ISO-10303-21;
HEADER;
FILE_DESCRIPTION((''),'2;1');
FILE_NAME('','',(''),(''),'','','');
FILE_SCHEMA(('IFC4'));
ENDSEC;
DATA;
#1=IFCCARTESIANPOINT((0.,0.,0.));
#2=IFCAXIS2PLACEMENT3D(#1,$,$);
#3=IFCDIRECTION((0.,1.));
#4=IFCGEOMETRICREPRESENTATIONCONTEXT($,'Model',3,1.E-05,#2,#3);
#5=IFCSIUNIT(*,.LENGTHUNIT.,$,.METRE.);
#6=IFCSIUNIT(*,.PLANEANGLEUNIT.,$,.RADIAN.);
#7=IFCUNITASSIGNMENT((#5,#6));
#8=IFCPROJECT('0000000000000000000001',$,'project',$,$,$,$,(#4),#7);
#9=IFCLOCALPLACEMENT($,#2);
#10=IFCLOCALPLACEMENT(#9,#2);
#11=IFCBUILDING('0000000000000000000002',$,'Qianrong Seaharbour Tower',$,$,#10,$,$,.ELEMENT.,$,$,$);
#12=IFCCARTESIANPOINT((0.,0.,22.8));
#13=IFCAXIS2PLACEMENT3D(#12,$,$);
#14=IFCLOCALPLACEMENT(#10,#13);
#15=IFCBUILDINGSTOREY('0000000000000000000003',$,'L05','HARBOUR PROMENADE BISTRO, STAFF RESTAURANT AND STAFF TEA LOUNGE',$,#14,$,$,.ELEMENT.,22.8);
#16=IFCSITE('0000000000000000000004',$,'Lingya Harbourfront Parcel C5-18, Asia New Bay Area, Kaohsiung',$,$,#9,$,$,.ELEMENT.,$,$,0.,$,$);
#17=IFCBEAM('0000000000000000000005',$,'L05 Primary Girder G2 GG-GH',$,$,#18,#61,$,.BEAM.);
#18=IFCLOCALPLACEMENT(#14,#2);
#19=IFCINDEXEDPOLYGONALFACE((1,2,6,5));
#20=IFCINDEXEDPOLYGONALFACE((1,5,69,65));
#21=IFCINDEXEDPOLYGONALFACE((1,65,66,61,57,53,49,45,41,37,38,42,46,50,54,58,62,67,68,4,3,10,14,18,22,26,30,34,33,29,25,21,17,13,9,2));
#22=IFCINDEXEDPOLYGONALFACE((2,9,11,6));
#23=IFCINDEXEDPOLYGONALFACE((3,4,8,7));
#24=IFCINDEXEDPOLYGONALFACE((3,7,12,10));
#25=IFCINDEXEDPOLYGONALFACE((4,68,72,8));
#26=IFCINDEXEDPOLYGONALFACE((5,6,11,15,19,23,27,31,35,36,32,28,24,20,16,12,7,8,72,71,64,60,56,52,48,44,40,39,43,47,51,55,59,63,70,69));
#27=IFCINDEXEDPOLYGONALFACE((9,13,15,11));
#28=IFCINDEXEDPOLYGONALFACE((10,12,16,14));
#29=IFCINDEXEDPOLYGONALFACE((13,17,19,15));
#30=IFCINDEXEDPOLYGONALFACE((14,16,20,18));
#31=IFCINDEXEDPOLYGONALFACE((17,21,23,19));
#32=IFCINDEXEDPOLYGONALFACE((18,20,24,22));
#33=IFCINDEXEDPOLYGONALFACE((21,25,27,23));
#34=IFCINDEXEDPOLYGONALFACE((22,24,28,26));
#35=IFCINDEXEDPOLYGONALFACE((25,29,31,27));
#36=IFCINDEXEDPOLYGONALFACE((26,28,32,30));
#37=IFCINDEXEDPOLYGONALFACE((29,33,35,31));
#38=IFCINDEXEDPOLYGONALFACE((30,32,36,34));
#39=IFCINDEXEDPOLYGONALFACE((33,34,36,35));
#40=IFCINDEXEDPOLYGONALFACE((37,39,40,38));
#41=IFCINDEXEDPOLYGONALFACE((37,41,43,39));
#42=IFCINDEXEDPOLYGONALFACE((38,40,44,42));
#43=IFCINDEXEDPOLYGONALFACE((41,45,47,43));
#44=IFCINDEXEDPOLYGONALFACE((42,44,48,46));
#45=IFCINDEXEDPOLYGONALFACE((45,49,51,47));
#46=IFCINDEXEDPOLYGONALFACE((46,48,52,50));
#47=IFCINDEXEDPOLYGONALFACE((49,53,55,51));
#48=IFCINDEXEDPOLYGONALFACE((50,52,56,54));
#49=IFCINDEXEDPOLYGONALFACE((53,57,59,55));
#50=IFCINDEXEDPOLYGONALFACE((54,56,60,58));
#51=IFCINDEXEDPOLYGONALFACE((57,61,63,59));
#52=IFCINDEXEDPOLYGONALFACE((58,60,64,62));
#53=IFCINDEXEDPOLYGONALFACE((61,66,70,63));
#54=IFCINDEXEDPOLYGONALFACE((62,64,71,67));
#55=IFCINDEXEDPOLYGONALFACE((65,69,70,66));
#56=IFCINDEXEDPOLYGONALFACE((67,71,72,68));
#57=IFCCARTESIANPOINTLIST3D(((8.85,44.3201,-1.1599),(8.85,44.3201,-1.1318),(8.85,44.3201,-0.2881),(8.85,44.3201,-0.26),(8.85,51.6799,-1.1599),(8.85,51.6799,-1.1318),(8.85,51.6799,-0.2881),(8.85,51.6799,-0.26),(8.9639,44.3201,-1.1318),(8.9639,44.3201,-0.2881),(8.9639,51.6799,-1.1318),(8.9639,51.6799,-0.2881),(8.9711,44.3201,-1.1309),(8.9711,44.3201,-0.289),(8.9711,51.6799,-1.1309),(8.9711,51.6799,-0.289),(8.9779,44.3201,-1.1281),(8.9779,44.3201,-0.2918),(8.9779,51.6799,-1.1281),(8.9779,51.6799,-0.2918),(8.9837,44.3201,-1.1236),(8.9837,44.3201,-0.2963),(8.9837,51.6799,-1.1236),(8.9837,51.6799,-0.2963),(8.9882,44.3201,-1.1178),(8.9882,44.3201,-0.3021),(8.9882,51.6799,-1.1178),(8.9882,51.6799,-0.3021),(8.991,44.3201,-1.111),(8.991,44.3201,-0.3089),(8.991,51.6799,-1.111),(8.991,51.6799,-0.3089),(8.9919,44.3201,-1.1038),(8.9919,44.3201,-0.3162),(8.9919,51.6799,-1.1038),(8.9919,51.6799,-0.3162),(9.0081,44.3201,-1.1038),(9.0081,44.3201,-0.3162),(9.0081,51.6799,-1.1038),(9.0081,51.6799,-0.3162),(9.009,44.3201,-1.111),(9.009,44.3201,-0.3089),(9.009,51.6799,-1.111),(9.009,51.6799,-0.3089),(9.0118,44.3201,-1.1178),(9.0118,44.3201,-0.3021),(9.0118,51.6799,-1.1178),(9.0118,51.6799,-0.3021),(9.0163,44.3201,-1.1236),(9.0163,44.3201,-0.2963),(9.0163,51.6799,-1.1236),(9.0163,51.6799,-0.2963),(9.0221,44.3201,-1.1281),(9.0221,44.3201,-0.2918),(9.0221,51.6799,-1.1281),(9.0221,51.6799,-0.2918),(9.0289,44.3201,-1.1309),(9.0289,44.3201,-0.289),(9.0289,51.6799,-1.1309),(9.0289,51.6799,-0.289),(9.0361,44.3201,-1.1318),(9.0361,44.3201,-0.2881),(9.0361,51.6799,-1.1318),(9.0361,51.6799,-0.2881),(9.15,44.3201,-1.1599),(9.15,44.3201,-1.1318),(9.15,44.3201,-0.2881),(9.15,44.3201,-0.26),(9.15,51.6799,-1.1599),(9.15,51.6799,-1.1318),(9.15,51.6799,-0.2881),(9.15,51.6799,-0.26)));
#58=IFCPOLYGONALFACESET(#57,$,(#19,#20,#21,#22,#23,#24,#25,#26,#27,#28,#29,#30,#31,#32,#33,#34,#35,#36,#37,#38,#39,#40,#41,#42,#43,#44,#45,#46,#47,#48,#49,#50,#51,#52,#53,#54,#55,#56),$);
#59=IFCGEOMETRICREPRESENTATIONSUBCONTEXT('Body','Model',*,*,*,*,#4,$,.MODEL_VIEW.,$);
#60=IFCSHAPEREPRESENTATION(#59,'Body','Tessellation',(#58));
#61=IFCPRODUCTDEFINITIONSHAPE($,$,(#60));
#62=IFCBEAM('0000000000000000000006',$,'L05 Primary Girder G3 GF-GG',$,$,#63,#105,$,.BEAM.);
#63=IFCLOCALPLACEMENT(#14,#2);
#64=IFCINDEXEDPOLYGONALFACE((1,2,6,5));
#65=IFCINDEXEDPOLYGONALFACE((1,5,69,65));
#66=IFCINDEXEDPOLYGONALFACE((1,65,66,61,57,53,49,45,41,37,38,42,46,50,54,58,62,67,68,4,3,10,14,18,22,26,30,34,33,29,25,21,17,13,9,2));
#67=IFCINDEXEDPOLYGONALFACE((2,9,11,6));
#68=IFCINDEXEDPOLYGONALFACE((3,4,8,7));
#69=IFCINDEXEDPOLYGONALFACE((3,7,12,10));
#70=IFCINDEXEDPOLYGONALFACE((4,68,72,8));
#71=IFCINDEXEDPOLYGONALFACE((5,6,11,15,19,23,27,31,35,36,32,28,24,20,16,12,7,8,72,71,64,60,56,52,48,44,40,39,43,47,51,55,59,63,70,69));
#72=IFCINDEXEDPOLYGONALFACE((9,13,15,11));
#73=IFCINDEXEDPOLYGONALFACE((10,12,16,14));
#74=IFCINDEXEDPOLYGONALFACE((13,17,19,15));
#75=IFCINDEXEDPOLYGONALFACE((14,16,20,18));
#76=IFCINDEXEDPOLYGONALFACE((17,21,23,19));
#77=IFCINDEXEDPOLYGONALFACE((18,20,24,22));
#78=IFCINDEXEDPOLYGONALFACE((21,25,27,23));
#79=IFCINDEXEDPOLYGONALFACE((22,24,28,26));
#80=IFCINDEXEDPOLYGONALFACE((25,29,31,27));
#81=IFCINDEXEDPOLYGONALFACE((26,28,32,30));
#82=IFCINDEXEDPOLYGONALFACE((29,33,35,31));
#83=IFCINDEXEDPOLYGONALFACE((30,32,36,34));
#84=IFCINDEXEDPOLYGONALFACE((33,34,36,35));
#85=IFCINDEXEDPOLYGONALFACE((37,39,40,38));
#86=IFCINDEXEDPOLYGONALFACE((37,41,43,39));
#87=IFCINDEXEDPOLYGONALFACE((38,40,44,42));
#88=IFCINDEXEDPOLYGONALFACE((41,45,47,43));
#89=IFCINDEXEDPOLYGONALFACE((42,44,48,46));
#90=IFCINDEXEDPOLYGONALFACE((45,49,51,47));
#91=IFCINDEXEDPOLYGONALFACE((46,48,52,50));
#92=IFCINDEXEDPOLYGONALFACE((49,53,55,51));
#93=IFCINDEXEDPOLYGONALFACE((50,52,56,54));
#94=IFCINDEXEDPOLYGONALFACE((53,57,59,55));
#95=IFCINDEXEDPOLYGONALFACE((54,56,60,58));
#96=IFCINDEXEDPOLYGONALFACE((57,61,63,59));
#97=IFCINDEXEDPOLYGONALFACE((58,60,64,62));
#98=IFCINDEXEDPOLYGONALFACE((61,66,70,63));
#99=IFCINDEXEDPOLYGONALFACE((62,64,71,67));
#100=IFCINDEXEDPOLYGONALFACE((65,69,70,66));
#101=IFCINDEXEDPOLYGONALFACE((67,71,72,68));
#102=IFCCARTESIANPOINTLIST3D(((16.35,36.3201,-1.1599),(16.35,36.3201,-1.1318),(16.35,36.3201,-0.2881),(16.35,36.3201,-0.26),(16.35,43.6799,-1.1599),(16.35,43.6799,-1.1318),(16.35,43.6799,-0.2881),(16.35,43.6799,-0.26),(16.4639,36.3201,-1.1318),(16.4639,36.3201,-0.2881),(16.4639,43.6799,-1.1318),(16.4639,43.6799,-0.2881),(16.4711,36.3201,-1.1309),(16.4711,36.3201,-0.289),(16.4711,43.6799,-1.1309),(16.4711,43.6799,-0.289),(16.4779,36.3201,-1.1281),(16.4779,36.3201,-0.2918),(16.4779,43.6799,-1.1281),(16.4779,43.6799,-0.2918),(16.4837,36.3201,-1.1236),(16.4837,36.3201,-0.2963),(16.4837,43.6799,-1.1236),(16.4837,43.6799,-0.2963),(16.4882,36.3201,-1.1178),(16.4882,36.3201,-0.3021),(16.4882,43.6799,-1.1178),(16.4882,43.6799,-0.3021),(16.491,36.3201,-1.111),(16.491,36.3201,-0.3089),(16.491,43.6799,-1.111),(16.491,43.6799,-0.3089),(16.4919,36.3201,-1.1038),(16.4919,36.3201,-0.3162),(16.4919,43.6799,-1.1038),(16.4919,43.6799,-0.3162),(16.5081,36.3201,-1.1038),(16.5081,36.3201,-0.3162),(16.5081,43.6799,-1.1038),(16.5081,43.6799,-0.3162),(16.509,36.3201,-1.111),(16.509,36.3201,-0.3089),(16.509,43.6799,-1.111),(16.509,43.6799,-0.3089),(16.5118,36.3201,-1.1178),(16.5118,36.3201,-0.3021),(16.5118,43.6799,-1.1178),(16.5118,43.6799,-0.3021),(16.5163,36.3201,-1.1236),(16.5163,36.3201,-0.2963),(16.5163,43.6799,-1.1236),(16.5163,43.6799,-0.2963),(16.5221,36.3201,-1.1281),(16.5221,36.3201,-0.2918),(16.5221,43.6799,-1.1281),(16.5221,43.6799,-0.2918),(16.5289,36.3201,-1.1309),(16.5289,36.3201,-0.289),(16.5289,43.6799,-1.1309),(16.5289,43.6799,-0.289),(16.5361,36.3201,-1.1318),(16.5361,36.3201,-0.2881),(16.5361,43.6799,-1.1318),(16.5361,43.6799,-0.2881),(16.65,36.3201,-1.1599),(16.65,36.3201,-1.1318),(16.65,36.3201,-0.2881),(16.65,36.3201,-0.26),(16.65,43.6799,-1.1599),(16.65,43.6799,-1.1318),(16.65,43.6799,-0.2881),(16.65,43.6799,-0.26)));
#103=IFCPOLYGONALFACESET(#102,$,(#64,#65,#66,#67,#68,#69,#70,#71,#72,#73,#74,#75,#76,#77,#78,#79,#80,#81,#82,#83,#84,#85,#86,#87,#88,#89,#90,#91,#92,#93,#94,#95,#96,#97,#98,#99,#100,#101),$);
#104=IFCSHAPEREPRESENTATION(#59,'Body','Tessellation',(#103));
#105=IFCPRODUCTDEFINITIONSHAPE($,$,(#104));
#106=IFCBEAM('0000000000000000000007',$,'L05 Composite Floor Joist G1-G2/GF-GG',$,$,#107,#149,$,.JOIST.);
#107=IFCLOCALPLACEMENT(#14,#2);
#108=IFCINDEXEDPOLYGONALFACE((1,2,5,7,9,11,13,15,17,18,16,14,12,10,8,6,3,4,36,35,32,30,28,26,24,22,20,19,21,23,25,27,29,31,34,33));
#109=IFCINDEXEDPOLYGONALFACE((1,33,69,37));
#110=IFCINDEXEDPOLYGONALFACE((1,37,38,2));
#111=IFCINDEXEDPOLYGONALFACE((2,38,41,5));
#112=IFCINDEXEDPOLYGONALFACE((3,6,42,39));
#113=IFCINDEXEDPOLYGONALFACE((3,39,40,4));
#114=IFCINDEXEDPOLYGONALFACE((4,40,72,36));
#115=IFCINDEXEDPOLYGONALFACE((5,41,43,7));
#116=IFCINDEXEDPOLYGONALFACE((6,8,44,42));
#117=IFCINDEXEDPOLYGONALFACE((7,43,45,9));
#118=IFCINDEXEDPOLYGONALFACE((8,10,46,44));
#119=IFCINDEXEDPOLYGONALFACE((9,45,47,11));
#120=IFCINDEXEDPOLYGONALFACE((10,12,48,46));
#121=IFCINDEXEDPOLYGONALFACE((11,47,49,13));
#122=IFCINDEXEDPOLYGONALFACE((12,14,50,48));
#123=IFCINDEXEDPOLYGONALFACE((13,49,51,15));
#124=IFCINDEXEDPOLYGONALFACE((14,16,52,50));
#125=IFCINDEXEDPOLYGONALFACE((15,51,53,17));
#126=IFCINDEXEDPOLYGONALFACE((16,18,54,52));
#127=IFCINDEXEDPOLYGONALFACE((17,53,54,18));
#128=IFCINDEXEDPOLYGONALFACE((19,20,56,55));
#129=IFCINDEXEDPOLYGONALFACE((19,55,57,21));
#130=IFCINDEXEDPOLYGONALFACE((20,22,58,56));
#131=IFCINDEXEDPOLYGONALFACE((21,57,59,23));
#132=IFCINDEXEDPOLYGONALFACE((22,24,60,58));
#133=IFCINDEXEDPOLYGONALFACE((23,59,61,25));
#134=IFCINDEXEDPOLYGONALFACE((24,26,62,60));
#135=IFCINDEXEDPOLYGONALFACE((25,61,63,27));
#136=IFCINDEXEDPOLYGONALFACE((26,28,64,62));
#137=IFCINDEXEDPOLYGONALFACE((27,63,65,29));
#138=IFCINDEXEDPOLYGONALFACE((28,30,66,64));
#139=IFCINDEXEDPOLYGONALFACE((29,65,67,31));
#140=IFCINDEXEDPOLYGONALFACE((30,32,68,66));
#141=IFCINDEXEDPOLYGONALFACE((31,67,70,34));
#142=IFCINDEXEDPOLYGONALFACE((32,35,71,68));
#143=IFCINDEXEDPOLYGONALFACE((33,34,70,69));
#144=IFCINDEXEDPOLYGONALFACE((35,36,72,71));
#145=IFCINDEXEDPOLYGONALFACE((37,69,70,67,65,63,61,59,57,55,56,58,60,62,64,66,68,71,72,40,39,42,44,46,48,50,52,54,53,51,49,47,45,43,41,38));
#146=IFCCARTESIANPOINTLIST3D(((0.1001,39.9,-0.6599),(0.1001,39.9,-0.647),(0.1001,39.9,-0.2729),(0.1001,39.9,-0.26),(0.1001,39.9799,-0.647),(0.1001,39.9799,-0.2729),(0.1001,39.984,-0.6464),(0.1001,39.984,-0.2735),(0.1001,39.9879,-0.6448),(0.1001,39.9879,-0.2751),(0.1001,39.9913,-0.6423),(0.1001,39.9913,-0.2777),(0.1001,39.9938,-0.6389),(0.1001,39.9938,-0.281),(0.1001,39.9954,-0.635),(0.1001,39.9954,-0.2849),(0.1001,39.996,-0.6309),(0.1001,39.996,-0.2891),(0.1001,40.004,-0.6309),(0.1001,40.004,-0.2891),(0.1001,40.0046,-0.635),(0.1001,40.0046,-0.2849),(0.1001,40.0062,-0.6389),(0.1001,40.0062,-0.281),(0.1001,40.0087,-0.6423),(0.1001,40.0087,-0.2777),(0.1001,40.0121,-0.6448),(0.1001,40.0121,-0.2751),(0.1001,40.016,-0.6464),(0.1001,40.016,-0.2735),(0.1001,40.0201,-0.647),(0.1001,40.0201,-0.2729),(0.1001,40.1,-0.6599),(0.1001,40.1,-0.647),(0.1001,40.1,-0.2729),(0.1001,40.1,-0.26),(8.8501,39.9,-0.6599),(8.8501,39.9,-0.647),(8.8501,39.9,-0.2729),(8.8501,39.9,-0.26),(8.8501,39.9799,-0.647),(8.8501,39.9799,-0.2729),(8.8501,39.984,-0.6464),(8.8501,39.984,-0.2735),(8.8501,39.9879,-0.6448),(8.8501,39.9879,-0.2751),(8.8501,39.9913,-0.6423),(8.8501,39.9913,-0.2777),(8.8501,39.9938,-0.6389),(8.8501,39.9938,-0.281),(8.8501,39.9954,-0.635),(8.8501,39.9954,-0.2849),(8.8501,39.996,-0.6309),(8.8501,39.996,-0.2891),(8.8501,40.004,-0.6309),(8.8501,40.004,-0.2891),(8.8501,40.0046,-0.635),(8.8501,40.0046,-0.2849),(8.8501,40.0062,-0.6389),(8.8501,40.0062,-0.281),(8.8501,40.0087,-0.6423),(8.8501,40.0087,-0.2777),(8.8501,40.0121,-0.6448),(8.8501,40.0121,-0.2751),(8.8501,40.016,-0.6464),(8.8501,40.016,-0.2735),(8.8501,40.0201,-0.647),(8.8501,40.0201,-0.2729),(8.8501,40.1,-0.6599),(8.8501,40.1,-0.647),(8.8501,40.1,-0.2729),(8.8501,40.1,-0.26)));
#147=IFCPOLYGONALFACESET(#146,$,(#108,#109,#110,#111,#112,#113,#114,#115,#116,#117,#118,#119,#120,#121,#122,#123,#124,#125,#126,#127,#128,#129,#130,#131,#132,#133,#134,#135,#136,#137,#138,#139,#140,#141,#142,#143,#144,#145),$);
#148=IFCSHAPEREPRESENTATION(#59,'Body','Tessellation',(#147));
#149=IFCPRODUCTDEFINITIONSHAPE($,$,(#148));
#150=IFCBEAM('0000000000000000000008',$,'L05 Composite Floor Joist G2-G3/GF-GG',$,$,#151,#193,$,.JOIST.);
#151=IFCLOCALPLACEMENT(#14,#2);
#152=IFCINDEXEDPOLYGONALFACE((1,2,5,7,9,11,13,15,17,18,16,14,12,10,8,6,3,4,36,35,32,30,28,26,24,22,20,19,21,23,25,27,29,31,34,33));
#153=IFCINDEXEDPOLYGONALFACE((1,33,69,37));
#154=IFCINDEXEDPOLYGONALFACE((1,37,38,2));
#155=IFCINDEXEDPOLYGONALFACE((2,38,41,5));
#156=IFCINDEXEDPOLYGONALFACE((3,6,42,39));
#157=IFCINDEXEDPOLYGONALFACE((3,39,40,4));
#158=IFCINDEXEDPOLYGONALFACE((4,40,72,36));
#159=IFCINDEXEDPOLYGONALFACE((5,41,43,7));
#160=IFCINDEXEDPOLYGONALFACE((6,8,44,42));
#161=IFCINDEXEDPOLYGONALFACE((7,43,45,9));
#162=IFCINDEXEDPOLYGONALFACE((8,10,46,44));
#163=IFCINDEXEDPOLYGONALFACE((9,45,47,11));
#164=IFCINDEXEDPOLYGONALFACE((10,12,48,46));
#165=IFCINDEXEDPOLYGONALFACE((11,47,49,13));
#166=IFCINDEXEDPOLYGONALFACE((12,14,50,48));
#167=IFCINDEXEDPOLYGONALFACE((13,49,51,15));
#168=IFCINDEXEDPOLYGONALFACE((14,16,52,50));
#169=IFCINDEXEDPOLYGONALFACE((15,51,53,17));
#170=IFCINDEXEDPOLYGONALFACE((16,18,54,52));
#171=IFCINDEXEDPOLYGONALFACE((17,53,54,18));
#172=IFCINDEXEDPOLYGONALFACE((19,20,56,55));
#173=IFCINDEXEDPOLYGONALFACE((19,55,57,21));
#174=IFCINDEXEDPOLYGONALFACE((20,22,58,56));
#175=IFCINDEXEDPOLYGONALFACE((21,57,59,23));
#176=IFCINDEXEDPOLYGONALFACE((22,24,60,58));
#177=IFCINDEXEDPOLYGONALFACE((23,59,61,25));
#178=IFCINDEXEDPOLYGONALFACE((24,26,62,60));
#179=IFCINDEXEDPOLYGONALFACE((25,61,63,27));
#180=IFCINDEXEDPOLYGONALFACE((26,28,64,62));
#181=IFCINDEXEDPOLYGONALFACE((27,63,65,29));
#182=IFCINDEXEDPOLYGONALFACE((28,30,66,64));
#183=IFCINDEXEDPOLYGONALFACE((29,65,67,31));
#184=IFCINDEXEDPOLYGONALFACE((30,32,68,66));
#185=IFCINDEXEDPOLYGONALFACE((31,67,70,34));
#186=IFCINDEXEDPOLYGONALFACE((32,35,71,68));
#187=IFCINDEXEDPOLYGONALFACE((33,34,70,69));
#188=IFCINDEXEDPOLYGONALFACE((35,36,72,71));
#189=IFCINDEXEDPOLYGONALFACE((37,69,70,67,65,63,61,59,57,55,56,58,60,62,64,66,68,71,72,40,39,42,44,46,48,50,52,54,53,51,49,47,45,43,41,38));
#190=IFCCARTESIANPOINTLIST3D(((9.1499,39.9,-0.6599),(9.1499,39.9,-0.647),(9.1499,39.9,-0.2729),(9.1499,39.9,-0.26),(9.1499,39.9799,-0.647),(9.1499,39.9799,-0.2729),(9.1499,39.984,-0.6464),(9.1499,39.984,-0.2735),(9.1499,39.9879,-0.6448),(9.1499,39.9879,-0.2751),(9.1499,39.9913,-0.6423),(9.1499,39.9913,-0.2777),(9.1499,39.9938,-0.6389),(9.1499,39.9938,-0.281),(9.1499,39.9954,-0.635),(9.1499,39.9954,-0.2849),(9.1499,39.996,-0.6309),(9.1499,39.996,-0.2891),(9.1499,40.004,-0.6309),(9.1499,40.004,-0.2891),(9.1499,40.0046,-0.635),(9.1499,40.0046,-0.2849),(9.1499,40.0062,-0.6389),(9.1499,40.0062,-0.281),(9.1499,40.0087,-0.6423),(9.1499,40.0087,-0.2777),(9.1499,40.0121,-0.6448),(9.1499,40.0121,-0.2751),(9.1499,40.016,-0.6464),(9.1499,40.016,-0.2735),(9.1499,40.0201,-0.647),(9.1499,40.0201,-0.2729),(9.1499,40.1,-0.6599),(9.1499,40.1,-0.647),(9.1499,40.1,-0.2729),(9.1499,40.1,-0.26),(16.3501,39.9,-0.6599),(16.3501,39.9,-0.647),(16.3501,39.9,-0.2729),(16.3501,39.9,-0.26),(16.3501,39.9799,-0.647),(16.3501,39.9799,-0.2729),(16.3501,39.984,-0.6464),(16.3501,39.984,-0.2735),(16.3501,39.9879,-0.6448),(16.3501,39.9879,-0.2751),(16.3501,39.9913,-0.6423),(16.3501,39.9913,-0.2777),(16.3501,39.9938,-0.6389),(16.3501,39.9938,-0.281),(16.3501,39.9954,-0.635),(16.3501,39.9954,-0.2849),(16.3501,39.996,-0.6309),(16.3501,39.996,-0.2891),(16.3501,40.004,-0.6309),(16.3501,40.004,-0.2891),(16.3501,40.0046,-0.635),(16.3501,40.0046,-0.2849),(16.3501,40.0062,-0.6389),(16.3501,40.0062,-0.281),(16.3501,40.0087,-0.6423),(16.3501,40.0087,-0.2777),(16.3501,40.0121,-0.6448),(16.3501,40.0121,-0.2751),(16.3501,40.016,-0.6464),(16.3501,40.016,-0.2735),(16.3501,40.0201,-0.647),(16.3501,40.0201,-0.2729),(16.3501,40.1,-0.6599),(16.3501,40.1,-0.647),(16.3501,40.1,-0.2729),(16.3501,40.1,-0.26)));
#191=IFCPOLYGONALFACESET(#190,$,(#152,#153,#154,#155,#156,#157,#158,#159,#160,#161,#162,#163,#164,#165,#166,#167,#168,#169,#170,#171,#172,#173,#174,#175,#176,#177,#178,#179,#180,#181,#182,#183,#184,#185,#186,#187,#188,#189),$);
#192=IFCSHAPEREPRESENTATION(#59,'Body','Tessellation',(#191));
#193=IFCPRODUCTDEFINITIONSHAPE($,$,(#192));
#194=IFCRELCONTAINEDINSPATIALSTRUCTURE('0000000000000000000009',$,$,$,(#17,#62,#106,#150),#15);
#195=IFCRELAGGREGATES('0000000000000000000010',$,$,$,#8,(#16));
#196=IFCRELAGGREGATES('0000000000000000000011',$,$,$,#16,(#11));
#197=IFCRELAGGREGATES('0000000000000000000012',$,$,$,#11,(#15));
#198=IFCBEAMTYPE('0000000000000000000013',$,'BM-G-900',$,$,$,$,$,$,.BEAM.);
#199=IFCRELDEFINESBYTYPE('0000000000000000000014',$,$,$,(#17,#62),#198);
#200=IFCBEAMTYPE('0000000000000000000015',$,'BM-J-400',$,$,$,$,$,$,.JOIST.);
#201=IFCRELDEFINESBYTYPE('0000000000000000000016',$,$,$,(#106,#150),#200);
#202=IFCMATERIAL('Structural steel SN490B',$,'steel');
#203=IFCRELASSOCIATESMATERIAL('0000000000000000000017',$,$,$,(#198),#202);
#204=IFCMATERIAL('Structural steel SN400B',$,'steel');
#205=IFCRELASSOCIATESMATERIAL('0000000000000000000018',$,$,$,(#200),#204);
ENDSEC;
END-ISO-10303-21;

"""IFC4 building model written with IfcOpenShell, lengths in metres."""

from ifc_helpers import new_model, si_unit, direction, frame, origin, origin_2d, place, context, subcontext, project, spatial, i_section, extrude, material, material_profile, profile_set, type_object, element, save


model = new_model("IFC4")

# Units and contexts
model_context = context("Model", 3, precision=1e-05, world=origin(), true_north=direction((0.0, 1.0)))
body_context = subcontext(model_context, "Body", "Model", "MODEL_VIEW")
ifc_project = project(units=[si_unit("LENGTHUNIT", "METRE"), si_unit("PLANEANGLEUNIT", "RADIAN")], contexts=[model_context])

# Site, building, storey
site_placement = place(None, origin())
site = spatial("IfcSite", under=ifc_project, at=site_placement, Name="Lingya Harbourfront Parcel C5-18, Asia New Bay Area, Kaohsiung", CompositionType="ELEMENT", RefElevation=0.0)
building_placement = place(site_placement, origin())
building = spatial("IfcBuilding", under=site, at=building_placement, Name="Qianrong Seaharbour Tower", CompositionType="ELEMENT")
storey_placement = place(building_placement, frame((0.0, 0.0, 22.8)))
storey = spatial("IfcBuildingStorey", under=building, at=storey_placement, Name="L05", Description="HARBOUR PROMENADE BISTRO, STAFF RESTAURANT AND STAFF TEA LOUNGE", CompositionType="ELEMENT", Elevation=22.8)

# Shared definitions
ifc_material_1 = material(Name="Structural steel SN490B", Category="steel")

# Beams
ifc_material_profile_1 = material_profile(ifc_material_1, i_section(OverallWidth=0.3, OverallDepth=0.8999, WebThickness=0.0161, FlangeThickness=0.0281, FilletRadius=0.0281, at=origin_2d()), Name="H900x300x16x28")
ifc_profile_set_1 = profile_set([ifc_material_profile_1], Name="Structural steel SN490B")
beam_type_1 = type_object("IfcBeamType", Name="BM-G-900", PredefinedType="BEAM", material=ifc_profile_set_1)
for number, where, z_axis, x_axis, name in (
    (1, (9.0, 44.3201, -0.71), (0.0, 1.0, 0.0), (-1.0, 0.0, 0.0), "L05 Primary Girder G2 GG-GH"),
    (2, (16.5, 36.3201, -0.71), (0.0, 1.0, 0.0), (-1.0, 0.0, 0.0), "L05 Primary Girder G3 GF-GG"),
):
    element("IfcBeam", number, at=place(storey_placement, frame(where, z_axis=z_axis, x_axis=x_axis)), inside=storey, type_object=beam_type_1, Name=name, PredefinedType="BEAM", context=body_context, shape_type="SweptSolid", body=[
        extrude(i_section(OverallWidth=0.3, OverallDepth=0.8999, WebThickness=0.0161, FlangeThickness=0.0281, FilletRadius=0.0281, at=origin_2d()), origin(), (0.0, 0.0, 1.0), 7.3599),
    ])
ifc_material_2 = material(Name="Structural steel SN400B", Category="steel")
ifc_material_profile_2 = material_profile(ifc_material_2, i_section(OverallWidth=0.2, OverallDepth=0.3999, WebThickness=0.0081, FlangeThickness=0.0129, FilletRadius=0.0161, at=origin_2d()), Name="H400x200x8x13")
ifc_profile_set_2 = profile_set([ifc_material_profile_2], Name="Structural steel SN400B")
beam_type_2 = type_object("IfcBeamType", Name="BM-J-400", PredefinedType="JOIST", material=ifc_profile_set_2)
beam_1_placement = place(storey_placement, frame((0.1001, 40.0, -0.46), z_axis=(1.0, 0.0, 0.0), x_axis=(0.0, 1.0, 0.0)))
element("IfcBeam", 3, at=beam_1_placement, inside=storey, type_object=beam_type_2, Name="L05 Composite Floor Joist G1-G2/GF-GG", PredefinedType="JOIST", context=body_context, shape_type="SweptSolid", body=[
    extrude(i_section(OverallWidth=0.2, OverallDepth=0.3999, WebThickness=0.0081, FlangeThickness=0.0129, FilletRadius=0.0161, at=origin_2d()), origin(), (0.0, 0.0, 1.0), 8.75),
])
for number, where, z_axis, x_axis, name in (
    (4, (9.1499, 40.0, -0.46), (1.0, 0.0, 0.0), (0.0, 1.0, 0.0), "L05 Composite Floor Joist G2-G3/GF-GG"),
):
    element("IfcBeam", number, at=place(storey_placement, frame(where, z_axis=z_axis, x_axis=x_axis)), inside=storey, type_object=beam_type_2, Name=name, PredefinedType="JOIST", context=body_context, shape_type="SweptSolid", body=[
        extrude(i_section(OverallWidth=0.2, OverallDepth=0.3999, WebThickness=0.0081, FlangeThickness=0.0129, FilletRadius=0.0161, at=origin_2d()), origin(), (0.0, 0.0, 1.0), 7.2002),
    ])

save(model, "model.ifc")
